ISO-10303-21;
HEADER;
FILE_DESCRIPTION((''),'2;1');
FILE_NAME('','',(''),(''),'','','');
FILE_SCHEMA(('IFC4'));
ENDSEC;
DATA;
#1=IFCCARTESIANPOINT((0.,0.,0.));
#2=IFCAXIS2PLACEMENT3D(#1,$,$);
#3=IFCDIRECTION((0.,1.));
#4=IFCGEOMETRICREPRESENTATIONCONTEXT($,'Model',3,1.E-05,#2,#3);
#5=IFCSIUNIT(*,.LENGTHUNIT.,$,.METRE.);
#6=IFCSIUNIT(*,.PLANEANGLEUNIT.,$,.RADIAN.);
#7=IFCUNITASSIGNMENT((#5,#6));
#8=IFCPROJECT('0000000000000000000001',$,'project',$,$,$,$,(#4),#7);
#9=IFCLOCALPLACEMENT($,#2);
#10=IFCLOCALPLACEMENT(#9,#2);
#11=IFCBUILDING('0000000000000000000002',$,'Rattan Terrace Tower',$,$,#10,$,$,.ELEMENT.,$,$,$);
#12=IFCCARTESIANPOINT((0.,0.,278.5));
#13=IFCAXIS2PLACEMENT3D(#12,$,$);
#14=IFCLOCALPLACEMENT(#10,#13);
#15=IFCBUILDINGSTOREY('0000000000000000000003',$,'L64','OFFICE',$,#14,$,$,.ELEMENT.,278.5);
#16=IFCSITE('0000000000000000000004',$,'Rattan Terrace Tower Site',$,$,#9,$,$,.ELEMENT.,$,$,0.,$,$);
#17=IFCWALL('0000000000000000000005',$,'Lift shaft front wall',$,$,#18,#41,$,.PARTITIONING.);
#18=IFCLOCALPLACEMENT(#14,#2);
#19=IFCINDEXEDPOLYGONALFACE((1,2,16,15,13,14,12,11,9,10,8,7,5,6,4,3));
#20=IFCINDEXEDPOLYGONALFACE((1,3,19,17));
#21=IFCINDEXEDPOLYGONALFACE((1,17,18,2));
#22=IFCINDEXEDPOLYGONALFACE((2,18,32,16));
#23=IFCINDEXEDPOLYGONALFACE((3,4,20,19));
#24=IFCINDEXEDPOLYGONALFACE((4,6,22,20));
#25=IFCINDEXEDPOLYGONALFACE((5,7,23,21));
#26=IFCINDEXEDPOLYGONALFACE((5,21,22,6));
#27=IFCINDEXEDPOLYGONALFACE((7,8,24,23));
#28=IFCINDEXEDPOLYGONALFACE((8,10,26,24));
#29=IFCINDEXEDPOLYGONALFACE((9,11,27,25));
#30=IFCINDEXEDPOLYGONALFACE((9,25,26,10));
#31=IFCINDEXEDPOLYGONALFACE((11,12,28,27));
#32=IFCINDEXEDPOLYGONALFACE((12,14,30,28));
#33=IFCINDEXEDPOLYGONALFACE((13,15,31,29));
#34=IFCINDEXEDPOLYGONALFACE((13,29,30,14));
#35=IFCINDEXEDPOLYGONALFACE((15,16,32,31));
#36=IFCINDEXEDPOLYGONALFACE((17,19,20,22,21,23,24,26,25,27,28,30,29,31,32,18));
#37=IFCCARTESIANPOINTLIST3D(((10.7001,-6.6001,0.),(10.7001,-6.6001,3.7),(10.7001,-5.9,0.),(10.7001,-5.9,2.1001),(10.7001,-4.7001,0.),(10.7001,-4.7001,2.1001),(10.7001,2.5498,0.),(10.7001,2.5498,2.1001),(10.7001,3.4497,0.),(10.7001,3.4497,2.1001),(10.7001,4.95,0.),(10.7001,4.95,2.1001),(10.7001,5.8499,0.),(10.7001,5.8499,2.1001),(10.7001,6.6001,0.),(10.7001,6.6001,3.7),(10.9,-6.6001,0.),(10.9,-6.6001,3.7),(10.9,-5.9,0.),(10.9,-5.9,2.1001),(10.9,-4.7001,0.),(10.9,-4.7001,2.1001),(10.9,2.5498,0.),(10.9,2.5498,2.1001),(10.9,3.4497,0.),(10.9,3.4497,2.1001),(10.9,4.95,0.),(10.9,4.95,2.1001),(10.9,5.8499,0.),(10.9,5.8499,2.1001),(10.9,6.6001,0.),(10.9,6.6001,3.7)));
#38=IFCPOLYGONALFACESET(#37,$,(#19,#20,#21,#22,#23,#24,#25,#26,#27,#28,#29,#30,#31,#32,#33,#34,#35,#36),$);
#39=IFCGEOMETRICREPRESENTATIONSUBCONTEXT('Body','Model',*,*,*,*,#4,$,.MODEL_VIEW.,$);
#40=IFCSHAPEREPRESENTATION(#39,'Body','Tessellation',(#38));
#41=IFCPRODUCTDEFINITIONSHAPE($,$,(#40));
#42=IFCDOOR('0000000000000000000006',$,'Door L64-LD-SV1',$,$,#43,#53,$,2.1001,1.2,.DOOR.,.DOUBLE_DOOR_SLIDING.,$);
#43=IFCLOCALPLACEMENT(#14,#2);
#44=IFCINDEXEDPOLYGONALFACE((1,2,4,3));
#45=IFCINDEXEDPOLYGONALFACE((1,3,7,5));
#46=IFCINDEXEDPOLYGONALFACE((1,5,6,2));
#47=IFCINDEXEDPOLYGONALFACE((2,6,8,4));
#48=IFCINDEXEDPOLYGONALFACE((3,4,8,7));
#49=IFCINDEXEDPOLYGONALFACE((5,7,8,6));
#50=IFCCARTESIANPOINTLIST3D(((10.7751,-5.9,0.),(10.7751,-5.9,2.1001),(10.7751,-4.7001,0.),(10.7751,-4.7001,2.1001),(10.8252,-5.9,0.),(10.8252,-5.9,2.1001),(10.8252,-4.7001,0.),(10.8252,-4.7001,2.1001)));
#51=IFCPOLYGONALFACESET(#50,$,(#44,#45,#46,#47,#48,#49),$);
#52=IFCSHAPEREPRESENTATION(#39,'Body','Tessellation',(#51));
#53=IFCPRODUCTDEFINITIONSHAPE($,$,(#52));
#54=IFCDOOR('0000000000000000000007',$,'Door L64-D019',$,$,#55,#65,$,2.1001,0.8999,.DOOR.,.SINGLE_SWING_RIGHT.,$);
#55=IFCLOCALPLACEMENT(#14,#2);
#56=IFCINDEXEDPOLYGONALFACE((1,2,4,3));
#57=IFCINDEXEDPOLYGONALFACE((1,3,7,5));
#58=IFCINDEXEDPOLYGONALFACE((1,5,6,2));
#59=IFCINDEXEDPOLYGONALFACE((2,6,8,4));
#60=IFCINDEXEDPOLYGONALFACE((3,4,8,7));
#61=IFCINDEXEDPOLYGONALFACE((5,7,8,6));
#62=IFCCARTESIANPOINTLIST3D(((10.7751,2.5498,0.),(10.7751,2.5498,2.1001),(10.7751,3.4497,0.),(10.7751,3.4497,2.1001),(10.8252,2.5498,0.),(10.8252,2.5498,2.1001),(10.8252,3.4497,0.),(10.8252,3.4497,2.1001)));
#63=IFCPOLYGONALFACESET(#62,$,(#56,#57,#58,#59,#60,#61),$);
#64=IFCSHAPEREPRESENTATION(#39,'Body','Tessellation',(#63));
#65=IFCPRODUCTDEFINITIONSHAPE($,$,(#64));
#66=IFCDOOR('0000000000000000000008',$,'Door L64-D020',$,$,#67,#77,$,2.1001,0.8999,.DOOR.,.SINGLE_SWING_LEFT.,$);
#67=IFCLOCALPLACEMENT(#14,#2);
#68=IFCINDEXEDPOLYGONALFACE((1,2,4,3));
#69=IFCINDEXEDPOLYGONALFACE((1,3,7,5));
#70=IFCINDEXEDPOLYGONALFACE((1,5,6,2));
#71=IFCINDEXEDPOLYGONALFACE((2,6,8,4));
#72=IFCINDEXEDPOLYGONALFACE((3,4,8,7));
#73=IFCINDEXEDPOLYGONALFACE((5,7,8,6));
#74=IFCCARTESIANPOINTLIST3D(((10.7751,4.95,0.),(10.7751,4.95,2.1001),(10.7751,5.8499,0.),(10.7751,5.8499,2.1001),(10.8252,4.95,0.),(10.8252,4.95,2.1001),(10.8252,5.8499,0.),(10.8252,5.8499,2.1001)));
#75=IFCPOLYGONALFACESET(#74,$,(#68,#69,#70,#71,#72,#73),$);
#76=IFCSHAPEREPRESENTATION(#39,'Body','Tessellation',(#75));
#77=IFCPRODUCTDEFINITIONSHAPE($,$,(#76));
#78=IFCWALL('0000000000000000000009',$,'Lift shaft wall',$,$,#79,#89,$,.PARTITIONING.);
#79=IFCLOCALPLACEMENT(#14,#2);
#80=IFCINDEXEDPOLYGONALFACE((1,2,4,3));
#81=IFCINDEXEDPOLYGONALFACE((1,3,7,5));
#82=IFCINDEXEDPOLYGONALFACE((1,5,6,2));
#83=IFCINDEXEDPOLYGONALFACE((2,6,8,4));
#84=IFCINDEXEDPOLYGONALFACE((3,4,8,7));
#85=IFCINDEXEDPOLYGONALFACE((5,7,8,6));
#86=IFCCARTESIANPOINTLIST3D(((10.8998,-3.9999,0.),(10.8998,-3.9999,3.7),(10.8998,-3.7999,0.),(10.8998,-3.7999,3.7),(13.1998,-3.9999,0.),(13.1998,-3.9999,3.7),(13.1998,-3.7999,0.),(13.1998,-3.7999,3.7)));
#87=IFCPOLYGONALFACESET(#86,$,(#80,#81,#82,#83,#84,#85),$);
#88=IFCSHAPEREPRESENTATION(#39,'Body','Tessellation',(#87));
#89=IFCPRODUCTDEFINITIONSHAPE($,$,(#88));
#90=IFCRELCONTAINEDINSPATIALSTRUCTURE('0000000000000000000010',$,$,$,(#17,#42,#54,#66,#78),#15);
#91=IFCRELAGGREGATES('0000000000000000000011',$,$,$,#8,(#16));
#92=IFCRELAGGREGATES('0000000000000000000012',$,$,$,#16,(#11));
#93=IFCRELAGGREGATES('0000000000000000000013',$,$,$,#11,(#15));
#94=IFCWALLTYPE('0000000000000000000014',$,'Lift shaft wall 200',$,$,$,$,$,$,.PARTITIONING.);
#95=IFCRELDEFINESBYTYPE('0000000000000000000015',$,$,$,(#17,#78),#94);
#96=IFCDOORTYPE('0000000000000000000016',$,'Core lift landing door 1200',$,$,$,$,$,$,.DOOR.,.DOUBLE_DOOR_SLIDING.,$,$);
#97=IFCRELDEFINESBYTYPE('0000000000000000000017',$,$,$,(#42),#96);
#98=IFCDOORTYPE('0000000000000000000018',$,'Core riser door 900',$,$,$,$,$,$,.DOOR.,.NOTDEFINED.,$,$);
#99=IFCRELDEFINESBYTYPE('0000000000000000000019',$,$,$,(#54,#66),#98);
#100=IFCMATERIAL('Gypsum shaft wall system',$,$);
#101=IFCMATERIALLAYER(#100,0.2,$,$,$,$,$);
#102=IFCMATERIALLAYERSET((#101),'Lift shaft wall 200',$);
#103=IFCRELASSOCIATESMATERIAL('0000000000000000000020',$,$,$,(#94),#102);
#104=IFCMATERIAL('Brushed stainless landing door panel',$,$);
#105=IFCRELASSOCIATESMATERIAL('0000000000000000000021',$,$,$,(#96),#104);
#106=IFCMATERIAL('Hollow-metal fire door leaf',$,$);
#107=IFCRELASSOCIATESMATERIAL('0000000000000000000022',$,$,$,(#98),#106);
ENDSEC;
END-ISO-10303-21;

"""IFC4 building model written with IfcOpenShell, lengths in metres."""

from ifc_helpers import new_model, si_unit, direction, frame, frame_2d, origin, place, context, subcontext, project, spatial, rectangle, extrude, material, layer, layer_set, type_object, element, fill, save


model = new_model("IFC4")

# Units and contexts
model_context = context("Model", 3, precision=1e-05, world=origin(), true_north=direction((0.0, 1.0)))
body_context = subcontext(model_context, "Body", "Model", "MODEL_VIEW")
ifc_project = project(units=[si_unit("LENGTHUNIT", "METRE"), si_unit("PLANEANGLEUNIT", "RADIAN")], contexts=[model_context])

# Site, building, storey
site_placement = place(None, origin())
site = spatial("IfcSite", under=ifc_project, at=site_placement, Name="Rattan Terrace Tower Site", CompositionType="ELEMENT", RefElevation=0.0)
building_placement = place(site_placement, origin())
building = spatial("IfcBuilding", under=site, at=building_placement, Name="Rattan Terrace Tower", CompositionType="ELEMENT")
storey_placement = place(building_placement, frame((0.0, 0.0, 278.5)))
storey = spatial("IfcBuildingStorey", under=building, at=storey_placement, Name="L64", Description="OFFICE", CompositionType="ELEMENT", Elevation=278.5)

# Shared definitions
ifc_material_1 = material(Name="Gypsum shaft wall system")
ifc_layer_1 = layer(ifc_material_1, 0.2)
ifc_layer_set_1 = layer_set([ifc_layer_1], Name="Lift shaft wall 200")
wall_type_1 = type_object("IfcWallType", Name="Lift shaft wall 200", PredefinedType="PARTITIONING", material=ifc_layer_set_1)

# Wall, openings, doors
wall_1_placement = place(storey_placement, frame((10.8, -6.6001, 0.0), z_axis=(0.0, 0.0, 1.0), x_axis=(0.0, 1.0, 0.0)))
wall_1 = element("IfcWall", 1, at=wall_1_placement, inside=storey, type_object=wall_type_1, Name="Lift shaft front wall", PredefinedType="PARTITIONING", context=body_context, shape_type="SweptSolid", body=[
    extrude(rectangle(XDim=13.2002, YDim=0.2, at=frame_2d((6.6001, 0.0))), origin(), (0.0, 0.0, 1.0), 3.7),
])
opening_1_placement = place(wall_1_placement, frame((0.7, 0.0, 0.0)))
opening_1 = element("IfcOpeningElement", 2, at=opening_1_placement, cuts=wall_1, PredefinedType="OPENING", context=body_context, shape_type="SweptSolid", body=[
    extrude(rectangle(XDim=1.2, YDim=2.1001, at=frame_2d((0.6001, 1.05))), frame((0.0, 0.1106, 0.0), z_axis=(0.0, -1.0, 0.0), x_axis=(1.0, 0.0, 0.0)), (0.0, 0.0, 1.0), 0.2209),
])
opening_2_placement = place(wall_1_placement, frame((9.1499, 0.0, 0.0)))
opening_2 = element("IfcOpeningElement", 3, at=opening_2_placement, cuts=wall_1, PredefinedType="OPENING", context=body_context, shape_type="SweptSolid", body=[
    extrude(rectangle(XDim=0.8999, YDim=2.1001, at=frame_2d((0.45, 1.05))), frame((0.0, 0.1106, 0.0), z_axis=(0.0, -1.0, 0.0), x_axis=(1.0, 0.0, 0.0)), (0.0, 0.0, 1.0), 0.2209),
])
opening_3_placement = place(wall_1_placement, frame((11.55, 0.0, 0.0)))
opening_3 = element("IfcOpeningElement", 4, at=opening_3_placement, cuts=wall_1, PredefinedType="OPENING", context=body_context, shape_type="SweptSolid", body=[
    extrude(rectangle(XDim=0.8999, YDim=2.1001, at=frame_2d((0.45, 1.05))), frame((0.0, 0.1106, 0.0), z_axis=(0.0, -1.0, 0.0), x_axis=(1.0, 0.0, 0.0)), (0.0, 0.0, 1.0), 0.2209),
])
ifc_material_2 = material(Name="Brushed stainless landing door panel")
door_type_1 = type_object("IfcDoorType", Name="Core lift landing door 1200", OperationType="DOUBLE_DOOR_SLIDING", PredefinedType="DOOR", material=ifc_material_2)
door_1_placement = place(opening_1_placement, origin())
door_1 = element("IfcDoor", 5, at=door_1_placement, inside=storey, type_object=door_type_1, Name="Door L64-LD-SV1", OperationType="DOUBLE_DOOR_SLIDING", OverallHeight=2.1001, OverallWidth=1.2, PredefinedType="DOOR", context=body_context, shape_type="SweptSolid", body=[
    extrude(rectangle(XDim=1.2, YDim=2.1001, at=frame_2d((0.6001, 1.05))), frame((0.0, 0.0249, 0.0), z_axis=(0.0, -1.0, 0.0), x_axis=(1.0, 0.0, 0.0)), (0.0, 0.0, 1.0), 0.05),
])
fill(opening_1, door_1)
ifc_material_3 = material(Name="Hollow-metal fire door leaf")
door_type_2 = type_object("IfcDoorType", Name="Core riser door 900", OperationType="NOTDEFINED", PredefinedType="DOOR", material=ifc_material_3)
door_2_placement = place(opening_2_placement, origin())
door_2 = element("IfcDoor", 6, at=door_2_placement, inside=storey, type_object=door_type_2, Name="Door L64-D019", OperationType="SINGLE_SWING_RIGHT", OverallHeight=2.1001, OverallWidth=0.8999, PredefinedType="DOOR", context=body_context, shape_type="SweptSolid", body=[
    extrude(rectangle(XDim=0.8999, YDim=2.1001, at=frame_2d((0.45, 1.05))), frame((0.0, 0.0249, 0.0), z_axis=(0.0, -1.0, 0.0), x_axis=(1.0, 0.0, 0.0)), (0.0, 0.0, 1.0), 0.05),
])
fill(opening_2, door_2)
door_3_placement = place(opening_3_placement, origin())
door_3 = element("IfcDoor", 7, at=door_3_placement, inside=storey, type_object=door_type_2, Name="Door L64-D020", OperationType="SINGLE_SWING_LEFT", OverallHeight=2.1001, OverallWidth=0.8999, PredefinedType="DOOR", context=body_context, shape_type="SweptSolid", body=[
    extrude(rectangle(XDim=0.8999, YDim=2.1001, at=frame_2d((0.45, 1.05))), frame((0.0, 0.0249, 0.0), z_axis=(0.0, -1.0, 0.0), x_axis=(1.0, 0.0, 0.0)), (0.0, 0.0, 1.0), 0.05),
])
fill(opening_3, door_3)

# Wall
wall_2_placement = place(storey_placement, frame((10.8999, -3.8999, 0.0), z_axis=(0.0, 0.0, 1.0), x_axis=(1.0, 0.0, 0.0)))
element("IfcWall", 8, at=wall_2_placement, inside=storey, type_object=wall_type_1, Name="Lift shaft wall", PredefinedType="PARTITIONING", context=body_context, shape_type="SweptSolid", body=[
    extrude(rectangle(XDim=2.3, YDim=0.2, at=frame_2d((1.1499, 0.0))), origin(), (0.0, 0.0, 1.0), 3.7),
])

save(model, "model.ifc")
